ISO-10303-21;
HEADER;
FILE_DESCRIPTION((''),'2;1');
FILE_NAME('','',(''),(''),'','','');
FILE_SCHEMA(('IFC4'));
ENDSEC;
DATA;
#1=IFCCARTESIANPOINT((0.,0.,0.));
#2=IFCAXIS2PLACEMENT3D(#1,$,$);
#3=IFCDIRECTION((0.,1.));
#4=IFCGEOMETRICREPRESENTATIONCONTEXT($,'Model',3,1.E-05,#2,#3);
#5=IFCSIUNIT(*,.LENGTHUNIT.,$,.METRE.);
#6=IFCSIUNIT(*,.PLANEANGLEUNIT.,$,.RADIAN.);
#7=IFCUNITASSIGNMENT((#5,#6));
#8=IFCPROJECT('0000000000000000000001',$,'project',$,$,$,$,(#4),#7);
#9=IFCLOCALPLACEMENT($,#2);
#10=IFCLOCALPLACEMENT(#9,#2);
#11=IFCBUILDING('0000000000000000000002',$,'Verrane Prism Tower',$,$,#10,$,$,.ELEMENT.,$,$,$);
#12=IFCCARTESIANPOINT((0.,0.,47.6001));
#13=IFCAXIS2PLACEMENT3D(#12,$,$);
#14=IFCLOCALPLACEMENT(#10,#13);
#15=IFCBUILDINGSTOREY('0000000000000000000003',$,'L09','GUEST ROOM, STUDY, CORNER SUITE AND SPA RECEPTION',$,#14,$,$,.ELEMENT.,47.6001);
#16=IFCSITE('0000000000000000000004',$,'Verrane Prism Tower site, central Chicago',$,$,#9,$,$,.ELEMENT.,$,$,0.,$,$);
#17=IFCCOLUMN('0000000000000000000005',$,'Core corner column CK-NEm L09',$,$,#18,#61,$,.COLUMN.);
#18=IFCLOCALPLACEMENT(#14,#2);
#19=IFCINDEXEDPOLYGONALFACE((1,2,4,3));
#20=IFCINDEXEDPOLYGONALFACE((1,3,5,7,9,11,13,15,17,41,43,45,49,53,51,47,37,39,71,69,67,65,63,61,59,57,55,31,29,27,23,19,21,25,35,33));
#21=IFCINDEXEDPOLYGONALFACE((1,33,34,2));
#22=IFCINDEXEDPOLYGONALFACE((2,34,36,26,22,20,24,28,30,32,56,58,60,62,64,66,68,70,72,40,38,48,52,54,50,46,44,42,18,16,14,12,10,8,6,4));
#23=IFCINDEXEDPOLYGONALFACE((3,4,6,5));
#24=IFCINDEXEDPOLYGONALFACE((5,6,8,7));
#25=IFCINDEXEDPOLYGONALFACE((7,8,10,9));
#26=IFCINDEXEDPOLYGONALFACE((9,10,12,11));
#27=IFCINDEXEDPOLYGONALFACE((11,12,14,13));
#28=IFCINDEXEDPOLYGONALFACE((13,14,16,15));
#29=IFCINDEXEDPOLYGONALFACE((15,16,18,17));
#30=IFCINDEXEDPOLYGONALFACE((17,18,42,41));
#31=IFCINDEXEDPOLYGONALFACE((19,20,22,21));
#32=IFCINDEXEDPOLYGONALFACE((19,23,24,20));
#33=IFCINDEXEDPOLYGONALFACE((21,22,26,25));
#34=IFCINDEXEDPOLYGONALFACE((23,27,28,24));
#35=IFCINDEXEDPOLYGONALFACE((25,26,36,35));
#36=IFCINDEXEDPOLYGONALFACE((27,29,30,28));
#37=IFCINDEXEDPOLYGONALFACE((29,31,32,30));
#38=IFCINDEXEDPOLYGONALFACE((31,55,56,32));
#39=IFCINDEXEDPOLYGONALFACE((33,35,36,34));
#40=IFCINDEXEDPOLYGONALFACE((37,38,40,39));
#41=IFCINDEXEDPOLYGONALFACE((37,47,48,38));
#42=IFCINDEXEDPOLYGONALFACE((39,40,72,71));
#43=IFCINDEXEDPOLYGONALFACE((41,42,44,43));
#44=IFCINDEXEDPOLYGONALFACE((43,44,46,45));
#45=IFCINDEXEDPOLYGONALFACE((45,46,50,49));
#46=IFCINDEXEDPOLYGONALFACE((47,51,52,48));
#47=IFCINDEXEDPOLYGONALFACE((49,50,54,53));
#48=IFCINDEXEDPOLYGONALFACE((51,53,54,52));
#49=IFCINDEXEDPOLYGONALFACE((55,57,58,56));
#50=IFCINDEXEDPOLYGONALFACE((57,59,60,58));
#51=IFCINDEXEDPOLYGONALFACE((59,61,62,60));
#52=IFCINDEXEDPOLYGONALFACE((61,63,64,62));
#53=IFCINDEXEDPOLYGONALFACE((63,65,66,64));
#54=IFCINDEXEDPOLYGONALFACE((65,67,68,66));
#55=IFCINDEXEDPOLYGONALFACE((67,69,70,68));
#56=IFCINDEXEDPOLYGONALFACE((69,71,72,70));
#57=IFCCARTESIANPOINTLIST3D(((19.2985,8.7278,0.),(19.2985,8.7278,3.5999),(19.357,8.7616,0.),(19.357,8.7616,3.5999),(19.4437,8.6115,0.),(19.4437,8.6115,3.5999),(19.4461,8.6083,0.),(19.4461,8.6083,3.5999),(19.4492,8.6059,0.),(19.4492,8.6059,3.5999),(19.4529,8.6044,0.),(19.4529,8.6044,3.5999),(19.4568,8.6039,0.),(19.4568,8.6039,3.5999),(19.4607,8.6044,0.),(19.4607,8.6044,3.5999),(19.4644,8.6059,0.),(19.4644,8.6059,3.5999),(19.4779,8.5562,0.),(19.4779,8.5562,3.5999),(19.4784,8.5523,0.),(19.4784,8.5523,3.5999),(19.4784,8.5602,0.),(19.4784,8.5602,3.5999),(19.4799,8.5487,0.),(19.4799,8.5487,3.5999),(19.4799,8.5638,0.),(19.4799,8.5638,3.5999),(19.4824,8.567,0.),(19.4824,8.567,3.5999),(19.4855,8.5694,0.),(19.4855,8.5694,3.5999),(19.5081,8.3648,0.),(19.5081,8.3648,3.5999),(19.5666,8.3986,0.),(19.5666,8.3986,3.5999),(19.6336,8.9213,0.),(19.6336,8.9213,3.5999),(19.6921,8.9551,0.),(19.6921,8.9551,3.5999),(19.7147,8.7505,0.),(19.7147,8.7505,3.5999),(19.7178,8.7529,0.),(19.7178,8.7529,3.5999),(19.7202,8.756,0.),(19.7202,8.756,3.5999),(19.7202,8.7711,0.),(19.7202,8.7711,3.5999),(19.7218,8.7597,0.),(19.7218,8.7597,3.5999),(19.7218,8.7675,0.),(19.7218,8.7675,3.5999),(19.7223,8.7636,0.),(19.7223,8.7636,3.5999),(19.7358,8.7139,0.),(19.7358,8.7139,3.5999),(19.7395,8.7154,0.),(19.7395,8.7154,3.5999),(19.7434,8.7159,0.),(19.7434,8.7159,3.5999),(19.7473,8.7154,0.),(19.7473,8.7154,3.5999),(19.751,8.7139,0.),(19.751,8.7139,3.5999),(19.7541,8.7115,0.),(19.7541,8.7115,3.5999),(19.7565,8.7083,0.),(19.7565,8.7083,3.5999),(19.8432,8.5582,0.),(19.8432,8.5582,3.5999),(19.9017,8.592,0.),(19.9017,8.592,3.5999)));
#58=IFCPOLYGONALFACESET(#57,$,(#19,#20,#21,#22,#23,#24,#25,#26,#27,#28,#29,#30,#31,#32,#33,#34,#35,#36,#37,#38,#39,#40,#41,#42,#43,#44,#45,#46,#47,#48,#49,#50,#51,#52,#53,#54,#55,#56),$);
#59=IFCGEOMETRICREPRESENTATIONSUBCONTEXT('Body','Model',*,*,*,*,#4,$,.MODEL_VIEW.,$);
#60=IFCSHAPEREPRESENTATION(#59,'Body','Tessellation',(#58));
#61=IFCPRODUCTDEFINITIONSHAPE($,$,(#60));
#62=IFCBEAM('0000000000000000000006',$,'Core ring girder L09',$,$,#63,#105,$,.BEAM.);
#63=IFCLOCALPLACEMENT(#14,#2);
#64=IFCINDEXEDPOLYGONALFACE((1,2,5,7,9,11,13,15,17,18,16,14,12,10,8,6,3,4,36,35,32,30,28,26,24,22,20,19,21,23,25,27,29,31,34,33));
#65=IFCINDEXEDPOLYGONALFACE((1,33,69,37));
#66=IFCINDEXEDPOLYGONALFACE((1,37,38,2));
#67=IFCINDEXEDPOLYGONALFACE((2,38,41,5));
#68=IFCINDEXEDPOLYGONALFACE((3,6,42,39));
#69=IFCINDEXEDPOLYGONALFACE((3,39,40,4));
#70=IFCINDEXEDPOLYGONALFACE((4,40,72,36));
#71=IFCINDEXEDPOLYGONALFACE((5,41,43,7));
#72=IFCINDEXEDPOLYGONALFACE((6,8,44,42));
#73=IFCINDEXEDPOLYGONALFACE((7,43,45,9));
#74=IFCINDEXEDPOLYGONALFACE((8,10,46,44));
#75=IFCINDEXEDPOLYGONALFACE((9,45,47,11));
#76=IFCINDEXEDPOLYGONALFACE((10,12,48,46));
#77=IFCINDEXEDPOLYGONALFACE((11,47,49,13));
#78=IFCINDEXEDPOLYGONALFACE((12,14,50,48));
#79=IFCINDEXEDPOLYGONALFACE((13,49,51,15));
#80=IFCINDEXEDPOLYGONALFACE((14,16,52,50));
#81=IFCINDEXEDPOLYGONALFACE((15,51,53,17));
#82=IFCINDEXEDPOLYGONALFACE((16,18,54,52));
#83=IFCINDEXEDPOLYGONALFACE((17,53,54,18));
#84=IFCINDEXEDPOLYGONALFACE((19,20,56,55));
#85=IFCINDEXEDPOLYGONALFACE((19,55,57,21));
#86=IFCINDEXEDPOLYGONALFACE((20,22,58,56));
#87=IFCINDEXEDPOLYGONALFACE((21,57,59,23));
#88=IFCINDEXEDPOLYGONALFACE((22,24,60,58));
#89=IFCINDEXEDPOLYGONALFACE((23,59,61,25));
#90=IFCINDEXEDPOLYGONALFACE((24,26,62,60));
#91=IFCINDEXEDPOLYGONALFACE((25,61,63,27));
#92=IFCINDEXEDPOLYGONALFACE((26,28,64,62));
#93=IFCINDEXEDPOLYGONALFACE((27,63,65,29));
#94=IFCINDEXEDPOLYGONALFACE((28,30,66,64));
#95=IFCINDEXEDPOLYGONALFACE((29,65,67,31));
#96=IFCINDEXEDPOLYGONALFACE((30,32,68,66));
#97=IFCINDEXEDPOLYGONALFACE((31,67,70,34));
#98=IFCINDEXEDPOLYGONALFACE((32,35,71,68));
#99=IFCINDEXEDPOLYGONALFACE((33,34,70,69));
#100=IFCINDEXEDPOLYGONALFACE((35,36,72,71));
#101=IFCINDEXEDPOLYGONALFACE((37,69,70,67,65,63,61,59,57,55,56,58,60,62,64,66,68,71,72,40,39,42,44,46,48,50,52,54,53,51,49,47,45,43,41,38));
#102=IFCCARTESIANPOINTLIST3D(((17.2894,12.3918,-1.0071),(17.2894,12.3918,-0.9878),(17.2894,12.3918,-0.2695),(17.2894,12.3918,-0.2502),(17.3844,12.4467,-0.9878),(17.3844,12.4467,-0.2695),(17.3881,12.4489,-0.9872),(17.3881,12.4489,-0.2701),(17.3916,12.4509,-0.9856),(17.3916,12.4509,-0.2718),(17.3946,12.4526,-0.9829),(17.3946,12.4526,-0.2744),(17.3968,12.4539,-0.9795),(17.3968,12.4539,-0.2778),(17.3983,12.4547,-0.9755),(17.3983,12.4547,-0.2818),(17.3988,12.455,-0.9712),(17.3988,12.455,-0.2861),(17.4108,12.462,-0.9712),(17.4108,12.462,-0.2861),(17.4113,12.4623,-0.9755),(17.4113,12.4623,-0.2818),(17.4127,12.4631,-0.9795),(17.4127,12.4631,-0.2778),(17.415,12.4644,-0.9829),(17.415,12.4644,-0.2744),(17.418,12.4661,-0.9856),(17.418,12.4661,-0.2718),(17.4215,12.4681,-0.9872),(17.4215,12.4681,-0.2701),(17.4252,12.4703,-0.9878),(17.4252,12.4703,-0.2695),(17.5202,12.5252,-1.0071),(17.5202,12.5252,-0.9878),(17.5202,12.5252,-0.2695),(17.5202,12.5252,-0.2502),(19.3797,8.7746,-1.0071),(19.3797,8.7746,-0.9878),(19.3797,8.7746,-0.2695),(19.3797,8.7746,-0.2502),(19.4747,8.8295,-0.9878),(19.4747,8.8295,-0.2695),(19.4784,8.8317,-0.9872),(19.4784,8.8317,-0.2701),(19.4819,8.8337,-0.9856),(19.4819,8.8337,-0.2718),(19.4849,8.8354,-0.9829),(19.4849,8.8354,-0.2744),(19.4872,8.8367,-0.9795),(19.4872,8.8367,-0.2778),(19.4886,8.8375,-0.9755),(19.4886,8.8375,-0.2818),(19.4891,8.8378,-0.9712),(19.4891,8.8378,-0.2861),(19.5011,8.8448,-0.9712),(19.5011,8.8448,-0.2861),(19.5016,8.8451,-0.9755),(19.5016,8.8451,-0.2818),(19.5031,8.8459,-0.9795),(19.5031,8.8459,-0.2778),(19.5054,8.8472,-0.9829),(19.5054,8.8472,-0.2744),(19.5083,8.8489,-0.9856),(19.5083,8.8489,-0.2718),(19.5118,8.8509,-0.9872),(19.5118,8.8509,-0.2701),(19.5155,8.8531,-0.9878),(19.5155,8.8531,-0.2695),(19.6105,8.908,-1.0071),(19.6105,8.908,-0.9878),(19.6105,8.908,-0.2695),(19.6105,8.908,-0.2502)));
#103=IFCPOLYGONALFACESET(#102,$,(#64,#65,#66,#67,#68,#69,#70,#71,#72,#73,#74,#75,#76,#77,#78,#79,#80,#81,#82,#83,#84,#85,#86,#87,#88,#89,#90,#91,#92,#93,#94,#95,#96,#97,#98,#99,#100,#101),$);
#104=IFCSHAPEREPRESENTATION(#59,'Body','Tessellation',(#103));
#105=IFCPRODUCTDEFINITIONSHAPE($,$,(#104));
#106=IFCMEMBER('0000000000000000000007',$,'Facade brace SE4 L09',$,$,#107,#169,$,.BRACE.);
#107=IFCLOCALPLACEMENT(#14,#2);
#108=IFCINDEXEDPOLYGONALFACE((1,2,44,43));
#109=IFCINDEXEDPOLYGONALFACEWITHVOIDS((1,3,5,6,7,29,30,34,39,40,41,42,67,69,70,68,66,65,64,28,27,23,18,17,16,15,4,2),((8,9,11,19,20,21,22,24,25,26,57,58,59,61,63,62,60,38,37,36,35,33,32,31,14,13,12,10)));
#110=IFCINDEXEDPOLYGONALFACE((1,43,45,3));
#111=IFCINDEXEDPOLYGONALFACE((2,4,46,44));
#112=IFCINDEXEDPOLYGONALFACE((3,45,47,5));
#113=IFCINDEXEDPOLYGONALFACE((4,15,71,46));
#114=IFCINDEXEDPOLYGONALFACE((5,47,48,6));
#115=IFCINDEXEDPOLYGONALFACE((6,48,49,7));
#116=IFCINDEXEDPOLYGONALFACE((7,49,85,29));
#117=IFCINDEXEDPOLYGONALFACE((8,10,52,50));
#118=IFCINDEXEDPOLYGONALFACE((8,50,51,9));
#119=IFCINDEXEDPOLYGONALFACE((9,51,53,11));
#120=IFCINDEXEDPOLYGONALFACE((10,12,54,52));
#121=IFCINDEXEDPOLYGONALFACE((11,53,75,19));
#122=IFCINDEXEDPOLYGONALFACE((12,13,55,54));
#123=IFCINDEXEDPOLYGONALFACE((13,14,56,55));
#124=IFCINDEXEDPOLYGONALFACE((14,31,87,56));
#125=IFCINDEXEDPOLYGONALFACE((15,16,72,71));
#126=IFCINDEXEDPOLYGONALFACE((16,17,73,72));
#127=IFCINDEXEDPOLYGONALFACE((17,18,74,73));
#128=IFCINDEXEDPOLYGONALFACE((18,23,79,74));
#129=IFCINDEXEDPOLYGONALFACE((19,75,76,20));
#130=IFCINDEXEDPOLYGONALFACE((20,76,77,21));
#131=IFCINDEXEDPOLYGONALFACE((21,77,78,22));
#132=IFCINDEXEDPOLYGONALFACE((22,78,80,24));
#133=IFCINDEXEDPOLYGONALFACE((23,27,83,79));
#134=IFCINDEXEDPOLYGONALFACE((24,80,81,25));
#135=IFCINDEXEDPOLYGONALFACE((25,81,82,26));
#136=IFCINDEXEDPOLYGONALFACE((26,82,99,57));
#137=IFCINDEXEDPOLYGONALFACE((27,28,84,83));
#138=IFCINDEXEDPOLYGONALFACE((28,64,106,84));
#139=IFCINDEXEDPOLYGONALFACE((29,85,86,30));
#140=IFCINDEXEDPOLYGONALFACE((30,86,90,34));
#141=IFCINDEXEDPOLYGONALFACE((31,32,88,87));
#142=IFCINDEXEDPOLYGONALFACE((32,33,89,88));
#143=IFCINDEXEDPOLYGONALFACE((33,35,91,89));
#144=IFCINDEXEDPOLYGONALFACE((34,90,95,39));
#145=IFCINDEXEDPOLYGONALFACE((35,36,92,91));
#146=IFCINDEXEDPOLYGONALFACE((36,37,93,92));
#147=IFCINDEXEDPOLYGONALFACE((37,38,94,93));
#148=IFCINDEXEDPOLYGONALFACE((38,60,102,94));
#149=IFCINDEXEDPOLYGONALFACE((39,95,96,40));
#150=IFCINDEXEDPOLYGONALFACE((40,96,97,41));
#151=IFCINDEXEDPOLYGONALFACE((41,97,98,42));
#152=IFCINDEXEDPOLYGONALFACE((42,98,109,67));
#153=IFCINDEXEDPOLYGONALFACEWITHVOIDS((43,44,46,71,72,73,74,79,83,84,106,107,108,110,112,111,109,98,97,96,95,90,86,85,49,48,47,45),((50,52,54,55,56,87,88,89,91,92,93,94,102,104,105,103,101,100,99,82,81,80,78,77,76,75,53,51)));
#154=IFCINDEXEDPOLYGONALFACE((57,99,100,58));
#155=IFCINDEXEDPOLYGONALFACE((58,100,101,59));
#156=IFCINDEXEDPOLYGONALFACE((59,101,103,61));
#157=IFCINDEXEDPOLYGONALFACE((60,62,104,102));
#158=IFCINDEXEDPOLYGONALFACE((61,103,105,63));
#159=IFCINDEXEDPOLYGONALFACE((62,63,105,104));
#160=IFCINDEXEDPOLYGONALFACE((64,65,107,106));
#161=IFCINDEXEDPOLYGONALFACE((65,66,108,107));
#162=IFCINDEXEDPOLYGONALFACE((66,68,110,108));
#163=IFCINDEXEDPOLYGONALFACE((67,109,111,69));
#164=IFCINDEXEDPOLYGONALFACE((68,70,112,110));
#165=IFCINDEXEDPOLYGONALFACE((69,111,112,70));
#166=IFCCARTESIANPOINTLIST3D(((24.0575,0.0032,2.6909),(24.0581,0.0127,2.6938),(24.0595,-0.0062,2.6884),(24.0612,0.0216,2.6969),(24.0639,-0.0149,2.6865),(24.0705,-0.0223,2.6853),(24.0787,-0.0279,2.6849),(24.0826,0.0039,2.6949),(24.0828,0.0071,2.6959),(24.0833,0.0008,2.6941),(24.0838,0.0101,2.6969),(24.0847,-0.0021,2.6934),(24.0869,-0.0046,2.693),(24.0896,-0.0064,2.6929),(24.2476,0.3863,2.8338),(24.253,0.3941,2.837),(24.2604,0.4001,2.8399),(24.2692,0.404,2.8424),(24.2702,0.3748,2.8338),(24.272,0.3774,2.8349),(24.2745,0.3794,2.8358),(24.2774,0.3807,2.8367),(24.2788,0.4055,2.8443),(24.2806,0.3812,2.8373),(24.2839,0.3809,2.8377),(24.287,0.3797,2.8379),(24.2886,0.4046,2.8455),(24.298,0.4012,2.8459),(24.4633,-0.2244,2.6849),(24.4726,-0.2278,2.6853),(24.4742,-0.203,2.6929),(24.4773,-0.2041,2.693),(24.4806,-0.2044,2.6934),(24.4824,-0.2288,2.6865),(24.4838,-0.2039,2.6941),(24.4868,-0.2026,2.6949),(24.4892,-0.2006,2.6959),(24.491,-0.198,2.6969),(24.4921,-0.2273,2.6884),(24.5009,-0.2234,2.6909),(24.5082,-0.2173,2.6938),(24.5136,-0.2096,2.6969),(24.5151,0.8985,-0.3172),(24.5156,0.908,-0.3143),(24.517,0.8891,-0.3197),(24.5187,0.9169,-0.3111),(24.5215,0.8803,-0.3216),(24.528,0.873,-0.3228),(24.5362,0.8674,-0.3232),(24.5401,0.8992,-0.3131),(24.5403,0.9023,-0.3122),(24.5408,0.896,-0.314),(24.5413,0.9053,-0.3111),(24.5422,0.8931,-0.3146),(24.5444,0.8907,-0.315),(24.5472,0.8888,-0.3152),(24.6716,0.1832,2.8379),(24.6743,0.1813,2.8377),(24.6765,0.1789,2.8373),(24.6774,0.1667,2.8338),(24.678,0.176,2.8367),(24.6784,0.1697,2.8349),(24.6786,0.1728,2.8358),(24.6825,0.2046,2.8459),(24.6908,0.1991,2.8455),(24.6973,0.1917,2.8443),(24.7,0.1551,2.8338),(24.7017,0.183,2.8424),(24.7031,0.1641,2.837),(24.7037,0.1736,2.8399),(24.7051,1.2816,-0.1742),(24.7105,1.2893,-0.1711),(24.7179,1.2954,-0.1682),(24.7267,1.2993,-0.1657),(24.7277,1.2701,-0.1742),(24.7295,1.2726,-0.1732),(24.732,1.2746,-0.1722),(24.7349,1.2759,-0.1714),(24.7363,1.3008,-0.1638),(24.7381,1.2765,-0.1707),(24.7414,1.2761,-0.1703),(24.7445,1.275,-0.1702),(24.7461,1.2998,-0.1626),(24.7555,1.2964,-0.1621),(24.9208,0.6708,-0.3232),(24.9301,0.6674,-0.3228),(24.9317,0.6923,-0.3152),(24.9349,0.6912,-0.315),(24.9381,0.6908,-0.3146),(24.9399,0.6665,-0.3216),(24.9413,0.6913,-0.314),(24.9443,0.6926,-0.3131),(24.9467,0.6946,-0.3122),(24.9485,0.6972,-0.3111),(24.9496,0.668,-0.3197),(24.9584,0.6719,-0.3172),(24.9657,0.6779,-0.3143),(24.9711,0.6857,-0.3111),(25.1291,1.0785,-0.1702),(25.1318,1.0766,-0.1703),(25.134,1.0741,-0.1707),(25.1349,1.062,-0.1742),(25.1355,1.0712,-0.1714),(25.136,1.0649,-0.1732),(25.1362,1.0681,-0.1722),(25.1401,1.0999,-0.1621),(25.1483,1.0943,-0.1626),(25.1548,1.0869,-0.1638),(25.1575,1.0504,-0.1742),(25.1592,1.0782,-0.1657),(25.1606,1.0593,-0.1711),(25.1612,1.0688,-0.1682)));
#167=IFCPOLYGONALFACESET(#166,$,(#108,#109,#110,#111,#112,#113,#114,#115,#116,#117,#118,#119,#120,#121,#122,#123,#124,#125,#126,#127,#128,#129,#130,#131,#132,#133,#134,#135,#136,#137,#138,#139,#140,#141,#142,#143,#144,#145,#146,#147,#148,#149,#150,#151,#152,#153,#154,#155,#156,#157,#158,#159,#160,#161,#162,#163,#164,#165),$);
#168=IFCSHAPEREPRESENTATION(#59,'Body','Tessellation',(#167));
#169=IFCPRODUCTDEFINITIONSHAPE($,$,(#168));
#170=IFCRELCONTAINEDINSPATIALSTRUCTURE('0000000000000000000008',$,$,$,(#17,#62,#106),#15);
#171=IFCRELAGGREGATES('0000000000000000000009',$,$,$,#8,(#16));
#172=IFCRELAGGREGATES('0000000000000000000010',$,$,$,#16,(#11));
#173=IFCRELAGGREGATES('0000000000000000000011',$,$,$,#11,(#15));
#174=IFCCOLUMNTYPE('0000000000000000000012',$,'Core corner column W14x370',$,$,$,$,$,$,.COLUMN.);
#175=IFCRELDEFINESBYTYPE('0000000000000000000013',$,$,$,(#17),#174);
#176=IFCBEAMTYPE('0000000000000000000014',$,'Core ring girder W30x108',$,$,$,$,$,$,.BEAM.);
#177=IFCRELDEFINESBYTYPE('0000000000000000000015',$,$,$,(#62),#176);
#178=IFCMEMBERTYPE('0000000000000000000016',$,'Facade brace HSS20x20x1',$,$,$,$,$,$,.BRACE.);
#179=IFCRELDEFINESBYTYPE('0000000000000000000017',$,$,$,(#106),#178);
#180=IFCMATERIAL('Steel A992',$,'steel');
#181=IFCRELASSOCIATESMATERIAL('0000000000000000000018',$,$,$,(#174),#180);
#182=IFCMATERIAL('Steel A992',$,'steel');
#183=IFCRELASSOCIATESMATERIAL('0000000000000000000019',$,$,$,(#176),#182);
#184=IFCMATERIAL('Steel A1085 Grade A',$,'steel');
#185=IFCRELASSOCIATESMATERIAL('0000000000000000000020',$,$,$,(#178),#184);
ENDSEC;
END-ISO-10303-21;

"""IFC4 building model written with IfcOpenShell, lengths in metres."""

from ifc_helpers import new_model, si_unit, direction, frame, origin, origin_2d, place, context, subcontext, project, spatial, hollow_rectangle, i_section, extrude, material, material_profile, profile_set, type_object, element, save


model = new_model("IFC4")

# Units and contexts
model_context = context("Model", 3, precision=1e-05, world=origin(), true_north=direction((0.0, 1.0)))
body_context = subcontext(model_context, "Body", "Model", "MODEL_VIEW")
ifc_project = project(units=[si_unit("LENGTHUNIT", "METRE"), si_unit("PLANEANGLEUNIT", "RADIAN")], contexts=[model_context])

# Site, building, storey
site_placement = place(None, origin())
site = spatial("IfcSite", under=ifc_project, at=site_placement, Name="Verrane Prism Tower site, central Chicago", CompositionType="ELEMENT", RefElevation=0.0)
building_placement = place(site_placement, origin())
building = spatial("IfcBuilding", under=site, at=building_placement, Name="Verrane Prism Tower", CompositionType="ELEMENT")
storey_placement = place(building_placement, frame((0.0, 0.0, 47.6001)))
storey = spatial("IfcBuildingStorey", under=building, at=storey_placement, Name="L09", Description="GUEST ROOM, STUDY, CORNER SUITE AND SPA RECEPTION", CompositionType="ELEMENT", Elevation=47.6001)

# Column
ifc_material_1 = material(Name="Steel A992", Category="steel")
ifc_material_profile_1 = material_profile(ifc_material_1, i_section(OverallWidth=0.4192, OverallDepth=0.4546, WebThickness=0.0422, FlangeThickness=0.0676, FilletRadius=0.0151, at=origin_2d()), Name="W14x370")
ifc_profile_set_1 = profile_set([ifc_material_profile_1], Name="Steel A992")
column_type = type_object("IfcColumnType", Name="Core corner column W14x370", PredefinedType="COLUMN", material=ifc_profile_set_1)
column_placement = place(storey_placement, frame((19.6001, 8.6599, 0.0), z_axis=(0.0, 0.0, 1.0), x_axis=(0.5, -0.866025, 0.0)))
element("IfcColumn", 1, at=column_placement, inside=storey, type_object=column_type, Name="Core corner column CK-NEm L09", PredefinedType="COLUMN", context=body_context, shape_type="SweptSolid", body=[
    extrude(i_section(OverallWidth=0.4192, OverallDepth=0.4546, WebThickness=0.0422, FlangeThickness=0.0676, FilletRadius=0.0151, at=origin_2d()), origin(), (0.0, 0.0, 1.0), 3.5999),
])

# Beam
ifc_material_2 = material(Name="Steel A992", Category="steel")
ifc_material_profile_2 = material_profile(ifc_material_2, i_section(OverallWidth=0.2666, OverallDepth=0.7568, WebThickness=0.0139, FlangeThickness=0.0193, FilletRadius=0.0166, at=origin_2d()), Name="W30x108")
ifc_profile_set_2 = profile_set([ifc_material_profile_2], Name="Steel A992")
beam_type_1 = type_object("IfcBeamType", Name="Core ring girder W30x108", PredefinedType="BEAM", material=ifc_profile_set_2)
beam_1_placement = place(storey_placement, frame((19.4951, 8.8413, -0.6287), z_axis=(-0.50035, 0.865823, 0.0), x_axis=(-0.865823, -0.50035, 0.0)))
element("IfcBeam", 2, at=beam_1_placement, inside=storey, type_object=beam_type_1, Name="Core ring girder L09", PredefinedType="BEAM", context=body_context, shape_type="SweptSolid", body=[
    extrude(i_section(OverallWidth=0.2666, OverallDepth=0.7568, WebThickness=0.0139, FlangeThickness=0.0193, FilletRadius=0.0166, at=origin_2d()), origin(), (0.0, 0.0, 1.0), 4.1777),
])

# Member
ifc_material_3 = material(Name="Steel A1085 Grade A", Category="steel")
ifc_material_profile_3 = material_profile(ifc_material_3, hollow_rectangle(XDim=0.5081, YDim=0.5081, WallThickness=0.0254, InnerFilletRadius=0.0127, OuterFilletRadius=0.0381, at=origin_2d()), Name="HSS20x20x1")
ifc_profile_set_3 = profile_set([ifc_material_profile_3], Name="Steel A1085 Grade A")
member_type = type_object("IfcMemberType", Name="Facade brace HSS20x20x1", PredefinedType="BRACE", material=ifc_profile_set_3)
member_placement = place(storey_placement, frame((24.8381, 0.9836, -0.2427), z_axis=(-0.144254, -0.282273, 0.948427), x_axis=(0.890459, -0.455064, 0.0)))
element("IfcMember", 3, at=member_placement, inside=storey, type_object=member_type, Name="Facade brace SE4 L09", PredefinedType="BRACE", context=body_context, shape_type="SweptSolid", body=[
    extrude(hollow_rectangle(XDim=0.5081, YDim=0.5081, WallThickness=0.0254, InnerFilletRadius=0.0127, OuterFilletRadius=0.0381, at=origin_2d()), origin(), (0.0, 0.0, 1.0), 3.1716),
])

save(model, "model.ifc")
